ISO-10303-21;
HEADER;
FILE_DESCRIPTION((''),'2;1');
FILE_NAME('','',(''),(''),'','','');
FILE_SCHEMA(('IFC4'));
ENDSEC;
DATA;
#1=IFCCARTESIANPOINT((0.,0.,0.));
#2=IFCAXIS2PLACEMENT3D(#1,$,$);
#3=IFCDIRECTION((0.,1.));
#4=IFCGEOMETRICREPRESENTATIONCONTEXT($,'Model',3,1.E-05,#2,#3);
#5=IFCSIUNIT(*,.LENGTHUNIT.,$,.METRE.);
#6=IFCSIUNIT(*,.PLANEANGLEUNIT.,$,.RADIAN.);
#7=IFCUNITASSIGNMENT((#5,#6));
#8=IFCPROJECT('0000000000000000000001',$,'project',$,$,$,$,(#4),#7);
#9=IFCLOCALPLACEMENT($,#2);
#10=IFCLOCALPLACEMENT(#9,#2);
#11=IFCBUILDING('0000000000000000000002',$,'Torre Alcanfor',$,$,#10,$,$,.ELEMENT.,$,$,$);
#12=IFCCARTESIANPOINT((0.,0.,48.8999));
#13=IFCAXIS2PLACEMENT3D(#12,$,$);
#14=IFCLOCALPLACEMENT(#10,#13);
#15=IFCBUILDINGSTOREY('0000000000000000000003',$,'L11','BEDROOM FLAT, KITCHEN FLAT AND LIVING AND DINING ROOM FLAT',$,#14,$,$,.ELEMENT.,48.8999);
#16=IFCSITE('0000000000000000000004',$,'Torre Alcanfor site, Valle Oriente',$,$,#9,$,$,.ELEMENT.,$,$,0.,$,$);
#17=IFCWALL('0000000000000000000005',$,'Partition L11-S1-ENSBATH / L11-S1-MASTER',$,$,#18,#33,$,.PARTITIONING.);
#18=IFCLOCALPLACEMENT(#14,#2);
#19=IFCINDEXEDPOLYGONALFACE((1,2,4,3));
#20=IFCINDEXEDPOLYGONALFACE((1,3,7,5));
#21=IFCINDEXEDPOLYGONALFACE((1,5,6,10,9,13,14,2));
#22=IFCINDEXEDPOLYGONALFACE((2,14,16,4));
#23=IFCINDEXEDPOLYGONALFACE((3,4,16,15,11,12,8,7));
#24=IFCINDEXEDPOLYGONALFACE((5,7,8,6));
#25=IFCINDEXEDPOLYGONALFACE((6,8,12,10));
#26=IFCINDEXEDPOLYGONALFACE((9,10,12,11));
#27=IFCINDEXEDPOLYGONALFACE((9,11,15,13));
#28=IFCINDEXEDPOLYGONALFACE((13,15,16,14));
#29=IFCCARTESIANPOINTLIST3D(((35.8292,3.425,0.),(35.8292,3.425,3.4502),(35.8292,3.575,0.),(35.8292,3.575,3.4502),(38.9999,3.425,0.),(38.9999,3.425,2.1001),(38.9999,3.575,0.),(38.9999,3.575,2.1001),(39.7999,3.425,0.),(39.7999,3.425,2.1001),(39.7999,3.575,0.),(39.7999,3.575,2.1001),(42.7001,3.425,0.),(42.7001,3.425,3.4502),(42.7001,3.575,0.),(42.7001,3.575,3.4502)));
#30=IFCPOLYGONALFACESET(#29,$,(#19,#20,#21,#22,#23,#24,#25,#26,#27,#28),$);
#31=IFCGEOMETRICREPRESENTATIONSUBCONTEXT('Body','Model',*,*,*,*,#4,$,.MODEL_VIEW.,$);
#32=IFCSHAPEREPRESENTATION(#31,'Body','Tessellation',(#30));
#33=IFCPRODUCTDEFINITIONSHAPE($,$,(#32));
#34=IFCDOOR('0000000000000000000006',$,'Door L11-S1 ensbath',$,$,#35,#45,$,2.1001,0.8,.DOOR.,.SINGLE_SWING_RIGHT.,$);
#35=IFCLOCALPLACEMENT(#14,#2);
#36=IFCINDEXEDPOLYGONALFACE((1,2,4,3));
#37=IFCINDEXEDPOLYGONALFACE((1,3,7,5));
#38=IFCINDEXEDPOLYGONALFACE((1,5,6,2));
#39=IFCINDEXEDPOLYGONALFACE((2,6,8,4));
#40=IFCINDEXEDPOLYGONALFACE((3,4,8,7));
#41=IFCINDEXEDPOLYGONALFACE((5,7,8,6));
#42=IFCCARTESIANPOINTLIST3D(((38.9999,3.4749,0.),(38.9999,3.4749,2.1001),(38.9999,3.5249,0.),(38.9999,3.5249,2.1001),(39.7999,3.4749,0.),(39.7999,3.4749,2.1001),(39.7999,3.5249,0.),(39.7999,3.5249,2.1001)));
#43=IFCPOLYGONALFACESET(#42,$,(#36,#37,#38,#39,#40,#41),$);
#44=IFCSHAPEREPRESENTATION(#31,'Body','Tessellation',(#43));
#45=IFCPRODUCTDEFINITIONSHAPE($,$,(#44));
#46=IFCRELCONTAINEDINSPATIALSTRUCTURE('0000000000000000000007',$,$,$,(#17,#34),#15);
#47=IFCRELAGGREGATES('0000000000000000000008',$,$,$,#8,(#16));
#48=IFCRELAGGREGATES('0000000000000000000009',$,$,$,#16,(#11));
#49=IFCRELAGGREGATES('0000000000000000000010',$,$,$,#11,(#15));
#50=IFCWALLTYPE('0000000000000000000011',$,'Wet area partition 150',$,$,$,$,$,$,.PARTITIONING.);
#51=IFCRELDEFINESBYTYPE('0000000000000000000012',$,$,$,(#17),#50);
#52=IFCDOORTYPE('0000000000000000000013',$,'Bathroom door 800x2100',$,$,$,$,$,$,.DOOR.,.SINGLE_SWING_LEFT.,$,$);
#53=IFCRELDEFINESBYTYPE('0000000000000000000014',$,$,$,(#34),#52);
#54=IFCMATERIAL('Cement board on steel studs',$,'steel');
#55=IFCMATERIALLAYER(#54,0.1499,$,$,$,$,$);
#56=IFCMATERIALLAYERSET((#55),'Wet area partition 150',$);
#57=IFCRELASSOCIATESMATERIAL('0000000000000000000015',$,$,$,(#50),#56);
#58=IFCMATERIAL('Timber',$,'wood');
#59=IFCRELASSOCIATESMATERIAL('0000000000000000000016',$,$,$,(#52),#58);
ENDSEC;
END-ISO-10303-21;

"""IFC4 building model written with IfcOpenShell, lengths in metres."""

from ifc_helpers import new_model, si_unit, direction, frame, frame_2d, origin, place, context, subcontext, project, spatial, rectangle, extrude, material, layer, layer_set, type_object, element, fill, save


model = new_model("IFC4")

# Units and contexts
model_context = context("Model", 3, precision=1e-05, world=origin(), true_north=direction((0.0, 1.0)))
body_context = subcontext(model_context, "Body", "Model", "MODEL_VIEW")
ifc_project = project(units=[si_unit("LENGTHUNIT", "METRE"), si_unit("PLANEANGLEUNIT", "RADIAN")], contexts=[model_context])

# Site, building, storey
site_placement = place(None, origin())
site = spatial("IfcSite", under=ifc_project, at=site_placement, Name="Torre Alcanfor site, Valle Oriente", CompositionType="ELEMENT", RefElevation=0.0)
building_placement = place(site_placement, origin())
building = spatial("IfcBuilding", under=site, at=building_placement, Name="Torre Alcanfor", CompositionType="ELEMENT")
storey_placement = place(building_placement, frame((0.0, 0.0, 48.8999)))
storey = spatial("IfcBuildingStorey", under=building, at=storey_placement, Name="L11", Description="BEDROOM FLAT, KITCHEN FLAT AND LIVING AND DINING ROOM FLAT", CompositionType="ELEMENT", Elevation=48.8999)

# Shared definitions
ifc_material_1 = material(Name="Cement board on steel studs", Category="steel")
ifc_layer_1 = layer(ifc_material_1, 0.1499)
ifc_layer_set_1 = layer_set([ifc_layer_1], Name="Wet area partition 150")
wall_type_1 = type_object("IfcWallType", Name="Wet area partition 150", PredefinedType="PARTITIONING", material=ifc_layer_set_1)

# Wall, opening, door
wall_1_placement = place(storey_placement, frame((35.8291, 3.5, 0.0), z_axis=(0.0, 0.0, 1.0), x_axis=(1.0, 0.0, 0.0)))
wall_1 = element("IfcWall", 1, at=wall_1_placement, inside=storey, type_object=wall_type_1, Name="Partition L11-S1-ENSBATH / L11-S1-MASTER", PredefinedType="PARTITIONING", context=body_context, shape_type="SweptSolid", body=[
    extrude(rectangle(XDim=6.8708, YDim=0.1499, at=frame_2d((3.4355, 0.0))), origin(), (0.0, 0.0, 1.0), 3.4502),
])
opening_1_placement = place(wall_1_placement, frame((3.1709, 0.0, 0.0)))
opening_1 = element("IfcOpeningElement", 2, at=opening_1_placement, cuts=wall_1, PredefinedType="OPENING", context=body_context, shape_type="SweptSolid", body=[
    extrude(rectangle(XDim=0.8, YDim=2.1001, at=frame_2d((0.3999, 1.05))), frame((0.0, 0.085, 0.0), z_axis=(0.0, -1.0, 0.0), x_axis=(1.0, 0.0, 0.0)), (0.0, 0.0, 1.0), 0.1699),
])
ifc_material_2 = material(Name="Timber", Category="wood")
door_type_1 = type_object("IfcDoorType", Name="Bathroom door 800x2100", OperationType="SINGLE_SWING_LEFT", PredefinedType="DOOR", material=ifc_material_2)
door_1_placement = place(opening_1_placement, origin())
door_1 = element("IfcDoor", 3, at=door_1_placement, inside=storey, type_object=door_type_1, Name="Door L11-S1 ensbath", OperationType="SINGLE_SWING_RIGHT", OverallHeight=2.1001, OverallWidth=0.8, PredefinedType="DOOR", context=body_context, shape_type="SweptSolid", body=[
    extrude(rectangle(XDim=0.8, YDim=2.1001, at=frame_2d((0.3999, 1.05))), frame((0.0, 0.0249, 0.0), z_axis=(0.0, -1.0, 0.0), x_axis=(1.0, 0.0, 0.0)), (0.0, 0.0, 1.0), 0.05),
])
fill(opening_1, door_1)

save(model, "model.ifc")
